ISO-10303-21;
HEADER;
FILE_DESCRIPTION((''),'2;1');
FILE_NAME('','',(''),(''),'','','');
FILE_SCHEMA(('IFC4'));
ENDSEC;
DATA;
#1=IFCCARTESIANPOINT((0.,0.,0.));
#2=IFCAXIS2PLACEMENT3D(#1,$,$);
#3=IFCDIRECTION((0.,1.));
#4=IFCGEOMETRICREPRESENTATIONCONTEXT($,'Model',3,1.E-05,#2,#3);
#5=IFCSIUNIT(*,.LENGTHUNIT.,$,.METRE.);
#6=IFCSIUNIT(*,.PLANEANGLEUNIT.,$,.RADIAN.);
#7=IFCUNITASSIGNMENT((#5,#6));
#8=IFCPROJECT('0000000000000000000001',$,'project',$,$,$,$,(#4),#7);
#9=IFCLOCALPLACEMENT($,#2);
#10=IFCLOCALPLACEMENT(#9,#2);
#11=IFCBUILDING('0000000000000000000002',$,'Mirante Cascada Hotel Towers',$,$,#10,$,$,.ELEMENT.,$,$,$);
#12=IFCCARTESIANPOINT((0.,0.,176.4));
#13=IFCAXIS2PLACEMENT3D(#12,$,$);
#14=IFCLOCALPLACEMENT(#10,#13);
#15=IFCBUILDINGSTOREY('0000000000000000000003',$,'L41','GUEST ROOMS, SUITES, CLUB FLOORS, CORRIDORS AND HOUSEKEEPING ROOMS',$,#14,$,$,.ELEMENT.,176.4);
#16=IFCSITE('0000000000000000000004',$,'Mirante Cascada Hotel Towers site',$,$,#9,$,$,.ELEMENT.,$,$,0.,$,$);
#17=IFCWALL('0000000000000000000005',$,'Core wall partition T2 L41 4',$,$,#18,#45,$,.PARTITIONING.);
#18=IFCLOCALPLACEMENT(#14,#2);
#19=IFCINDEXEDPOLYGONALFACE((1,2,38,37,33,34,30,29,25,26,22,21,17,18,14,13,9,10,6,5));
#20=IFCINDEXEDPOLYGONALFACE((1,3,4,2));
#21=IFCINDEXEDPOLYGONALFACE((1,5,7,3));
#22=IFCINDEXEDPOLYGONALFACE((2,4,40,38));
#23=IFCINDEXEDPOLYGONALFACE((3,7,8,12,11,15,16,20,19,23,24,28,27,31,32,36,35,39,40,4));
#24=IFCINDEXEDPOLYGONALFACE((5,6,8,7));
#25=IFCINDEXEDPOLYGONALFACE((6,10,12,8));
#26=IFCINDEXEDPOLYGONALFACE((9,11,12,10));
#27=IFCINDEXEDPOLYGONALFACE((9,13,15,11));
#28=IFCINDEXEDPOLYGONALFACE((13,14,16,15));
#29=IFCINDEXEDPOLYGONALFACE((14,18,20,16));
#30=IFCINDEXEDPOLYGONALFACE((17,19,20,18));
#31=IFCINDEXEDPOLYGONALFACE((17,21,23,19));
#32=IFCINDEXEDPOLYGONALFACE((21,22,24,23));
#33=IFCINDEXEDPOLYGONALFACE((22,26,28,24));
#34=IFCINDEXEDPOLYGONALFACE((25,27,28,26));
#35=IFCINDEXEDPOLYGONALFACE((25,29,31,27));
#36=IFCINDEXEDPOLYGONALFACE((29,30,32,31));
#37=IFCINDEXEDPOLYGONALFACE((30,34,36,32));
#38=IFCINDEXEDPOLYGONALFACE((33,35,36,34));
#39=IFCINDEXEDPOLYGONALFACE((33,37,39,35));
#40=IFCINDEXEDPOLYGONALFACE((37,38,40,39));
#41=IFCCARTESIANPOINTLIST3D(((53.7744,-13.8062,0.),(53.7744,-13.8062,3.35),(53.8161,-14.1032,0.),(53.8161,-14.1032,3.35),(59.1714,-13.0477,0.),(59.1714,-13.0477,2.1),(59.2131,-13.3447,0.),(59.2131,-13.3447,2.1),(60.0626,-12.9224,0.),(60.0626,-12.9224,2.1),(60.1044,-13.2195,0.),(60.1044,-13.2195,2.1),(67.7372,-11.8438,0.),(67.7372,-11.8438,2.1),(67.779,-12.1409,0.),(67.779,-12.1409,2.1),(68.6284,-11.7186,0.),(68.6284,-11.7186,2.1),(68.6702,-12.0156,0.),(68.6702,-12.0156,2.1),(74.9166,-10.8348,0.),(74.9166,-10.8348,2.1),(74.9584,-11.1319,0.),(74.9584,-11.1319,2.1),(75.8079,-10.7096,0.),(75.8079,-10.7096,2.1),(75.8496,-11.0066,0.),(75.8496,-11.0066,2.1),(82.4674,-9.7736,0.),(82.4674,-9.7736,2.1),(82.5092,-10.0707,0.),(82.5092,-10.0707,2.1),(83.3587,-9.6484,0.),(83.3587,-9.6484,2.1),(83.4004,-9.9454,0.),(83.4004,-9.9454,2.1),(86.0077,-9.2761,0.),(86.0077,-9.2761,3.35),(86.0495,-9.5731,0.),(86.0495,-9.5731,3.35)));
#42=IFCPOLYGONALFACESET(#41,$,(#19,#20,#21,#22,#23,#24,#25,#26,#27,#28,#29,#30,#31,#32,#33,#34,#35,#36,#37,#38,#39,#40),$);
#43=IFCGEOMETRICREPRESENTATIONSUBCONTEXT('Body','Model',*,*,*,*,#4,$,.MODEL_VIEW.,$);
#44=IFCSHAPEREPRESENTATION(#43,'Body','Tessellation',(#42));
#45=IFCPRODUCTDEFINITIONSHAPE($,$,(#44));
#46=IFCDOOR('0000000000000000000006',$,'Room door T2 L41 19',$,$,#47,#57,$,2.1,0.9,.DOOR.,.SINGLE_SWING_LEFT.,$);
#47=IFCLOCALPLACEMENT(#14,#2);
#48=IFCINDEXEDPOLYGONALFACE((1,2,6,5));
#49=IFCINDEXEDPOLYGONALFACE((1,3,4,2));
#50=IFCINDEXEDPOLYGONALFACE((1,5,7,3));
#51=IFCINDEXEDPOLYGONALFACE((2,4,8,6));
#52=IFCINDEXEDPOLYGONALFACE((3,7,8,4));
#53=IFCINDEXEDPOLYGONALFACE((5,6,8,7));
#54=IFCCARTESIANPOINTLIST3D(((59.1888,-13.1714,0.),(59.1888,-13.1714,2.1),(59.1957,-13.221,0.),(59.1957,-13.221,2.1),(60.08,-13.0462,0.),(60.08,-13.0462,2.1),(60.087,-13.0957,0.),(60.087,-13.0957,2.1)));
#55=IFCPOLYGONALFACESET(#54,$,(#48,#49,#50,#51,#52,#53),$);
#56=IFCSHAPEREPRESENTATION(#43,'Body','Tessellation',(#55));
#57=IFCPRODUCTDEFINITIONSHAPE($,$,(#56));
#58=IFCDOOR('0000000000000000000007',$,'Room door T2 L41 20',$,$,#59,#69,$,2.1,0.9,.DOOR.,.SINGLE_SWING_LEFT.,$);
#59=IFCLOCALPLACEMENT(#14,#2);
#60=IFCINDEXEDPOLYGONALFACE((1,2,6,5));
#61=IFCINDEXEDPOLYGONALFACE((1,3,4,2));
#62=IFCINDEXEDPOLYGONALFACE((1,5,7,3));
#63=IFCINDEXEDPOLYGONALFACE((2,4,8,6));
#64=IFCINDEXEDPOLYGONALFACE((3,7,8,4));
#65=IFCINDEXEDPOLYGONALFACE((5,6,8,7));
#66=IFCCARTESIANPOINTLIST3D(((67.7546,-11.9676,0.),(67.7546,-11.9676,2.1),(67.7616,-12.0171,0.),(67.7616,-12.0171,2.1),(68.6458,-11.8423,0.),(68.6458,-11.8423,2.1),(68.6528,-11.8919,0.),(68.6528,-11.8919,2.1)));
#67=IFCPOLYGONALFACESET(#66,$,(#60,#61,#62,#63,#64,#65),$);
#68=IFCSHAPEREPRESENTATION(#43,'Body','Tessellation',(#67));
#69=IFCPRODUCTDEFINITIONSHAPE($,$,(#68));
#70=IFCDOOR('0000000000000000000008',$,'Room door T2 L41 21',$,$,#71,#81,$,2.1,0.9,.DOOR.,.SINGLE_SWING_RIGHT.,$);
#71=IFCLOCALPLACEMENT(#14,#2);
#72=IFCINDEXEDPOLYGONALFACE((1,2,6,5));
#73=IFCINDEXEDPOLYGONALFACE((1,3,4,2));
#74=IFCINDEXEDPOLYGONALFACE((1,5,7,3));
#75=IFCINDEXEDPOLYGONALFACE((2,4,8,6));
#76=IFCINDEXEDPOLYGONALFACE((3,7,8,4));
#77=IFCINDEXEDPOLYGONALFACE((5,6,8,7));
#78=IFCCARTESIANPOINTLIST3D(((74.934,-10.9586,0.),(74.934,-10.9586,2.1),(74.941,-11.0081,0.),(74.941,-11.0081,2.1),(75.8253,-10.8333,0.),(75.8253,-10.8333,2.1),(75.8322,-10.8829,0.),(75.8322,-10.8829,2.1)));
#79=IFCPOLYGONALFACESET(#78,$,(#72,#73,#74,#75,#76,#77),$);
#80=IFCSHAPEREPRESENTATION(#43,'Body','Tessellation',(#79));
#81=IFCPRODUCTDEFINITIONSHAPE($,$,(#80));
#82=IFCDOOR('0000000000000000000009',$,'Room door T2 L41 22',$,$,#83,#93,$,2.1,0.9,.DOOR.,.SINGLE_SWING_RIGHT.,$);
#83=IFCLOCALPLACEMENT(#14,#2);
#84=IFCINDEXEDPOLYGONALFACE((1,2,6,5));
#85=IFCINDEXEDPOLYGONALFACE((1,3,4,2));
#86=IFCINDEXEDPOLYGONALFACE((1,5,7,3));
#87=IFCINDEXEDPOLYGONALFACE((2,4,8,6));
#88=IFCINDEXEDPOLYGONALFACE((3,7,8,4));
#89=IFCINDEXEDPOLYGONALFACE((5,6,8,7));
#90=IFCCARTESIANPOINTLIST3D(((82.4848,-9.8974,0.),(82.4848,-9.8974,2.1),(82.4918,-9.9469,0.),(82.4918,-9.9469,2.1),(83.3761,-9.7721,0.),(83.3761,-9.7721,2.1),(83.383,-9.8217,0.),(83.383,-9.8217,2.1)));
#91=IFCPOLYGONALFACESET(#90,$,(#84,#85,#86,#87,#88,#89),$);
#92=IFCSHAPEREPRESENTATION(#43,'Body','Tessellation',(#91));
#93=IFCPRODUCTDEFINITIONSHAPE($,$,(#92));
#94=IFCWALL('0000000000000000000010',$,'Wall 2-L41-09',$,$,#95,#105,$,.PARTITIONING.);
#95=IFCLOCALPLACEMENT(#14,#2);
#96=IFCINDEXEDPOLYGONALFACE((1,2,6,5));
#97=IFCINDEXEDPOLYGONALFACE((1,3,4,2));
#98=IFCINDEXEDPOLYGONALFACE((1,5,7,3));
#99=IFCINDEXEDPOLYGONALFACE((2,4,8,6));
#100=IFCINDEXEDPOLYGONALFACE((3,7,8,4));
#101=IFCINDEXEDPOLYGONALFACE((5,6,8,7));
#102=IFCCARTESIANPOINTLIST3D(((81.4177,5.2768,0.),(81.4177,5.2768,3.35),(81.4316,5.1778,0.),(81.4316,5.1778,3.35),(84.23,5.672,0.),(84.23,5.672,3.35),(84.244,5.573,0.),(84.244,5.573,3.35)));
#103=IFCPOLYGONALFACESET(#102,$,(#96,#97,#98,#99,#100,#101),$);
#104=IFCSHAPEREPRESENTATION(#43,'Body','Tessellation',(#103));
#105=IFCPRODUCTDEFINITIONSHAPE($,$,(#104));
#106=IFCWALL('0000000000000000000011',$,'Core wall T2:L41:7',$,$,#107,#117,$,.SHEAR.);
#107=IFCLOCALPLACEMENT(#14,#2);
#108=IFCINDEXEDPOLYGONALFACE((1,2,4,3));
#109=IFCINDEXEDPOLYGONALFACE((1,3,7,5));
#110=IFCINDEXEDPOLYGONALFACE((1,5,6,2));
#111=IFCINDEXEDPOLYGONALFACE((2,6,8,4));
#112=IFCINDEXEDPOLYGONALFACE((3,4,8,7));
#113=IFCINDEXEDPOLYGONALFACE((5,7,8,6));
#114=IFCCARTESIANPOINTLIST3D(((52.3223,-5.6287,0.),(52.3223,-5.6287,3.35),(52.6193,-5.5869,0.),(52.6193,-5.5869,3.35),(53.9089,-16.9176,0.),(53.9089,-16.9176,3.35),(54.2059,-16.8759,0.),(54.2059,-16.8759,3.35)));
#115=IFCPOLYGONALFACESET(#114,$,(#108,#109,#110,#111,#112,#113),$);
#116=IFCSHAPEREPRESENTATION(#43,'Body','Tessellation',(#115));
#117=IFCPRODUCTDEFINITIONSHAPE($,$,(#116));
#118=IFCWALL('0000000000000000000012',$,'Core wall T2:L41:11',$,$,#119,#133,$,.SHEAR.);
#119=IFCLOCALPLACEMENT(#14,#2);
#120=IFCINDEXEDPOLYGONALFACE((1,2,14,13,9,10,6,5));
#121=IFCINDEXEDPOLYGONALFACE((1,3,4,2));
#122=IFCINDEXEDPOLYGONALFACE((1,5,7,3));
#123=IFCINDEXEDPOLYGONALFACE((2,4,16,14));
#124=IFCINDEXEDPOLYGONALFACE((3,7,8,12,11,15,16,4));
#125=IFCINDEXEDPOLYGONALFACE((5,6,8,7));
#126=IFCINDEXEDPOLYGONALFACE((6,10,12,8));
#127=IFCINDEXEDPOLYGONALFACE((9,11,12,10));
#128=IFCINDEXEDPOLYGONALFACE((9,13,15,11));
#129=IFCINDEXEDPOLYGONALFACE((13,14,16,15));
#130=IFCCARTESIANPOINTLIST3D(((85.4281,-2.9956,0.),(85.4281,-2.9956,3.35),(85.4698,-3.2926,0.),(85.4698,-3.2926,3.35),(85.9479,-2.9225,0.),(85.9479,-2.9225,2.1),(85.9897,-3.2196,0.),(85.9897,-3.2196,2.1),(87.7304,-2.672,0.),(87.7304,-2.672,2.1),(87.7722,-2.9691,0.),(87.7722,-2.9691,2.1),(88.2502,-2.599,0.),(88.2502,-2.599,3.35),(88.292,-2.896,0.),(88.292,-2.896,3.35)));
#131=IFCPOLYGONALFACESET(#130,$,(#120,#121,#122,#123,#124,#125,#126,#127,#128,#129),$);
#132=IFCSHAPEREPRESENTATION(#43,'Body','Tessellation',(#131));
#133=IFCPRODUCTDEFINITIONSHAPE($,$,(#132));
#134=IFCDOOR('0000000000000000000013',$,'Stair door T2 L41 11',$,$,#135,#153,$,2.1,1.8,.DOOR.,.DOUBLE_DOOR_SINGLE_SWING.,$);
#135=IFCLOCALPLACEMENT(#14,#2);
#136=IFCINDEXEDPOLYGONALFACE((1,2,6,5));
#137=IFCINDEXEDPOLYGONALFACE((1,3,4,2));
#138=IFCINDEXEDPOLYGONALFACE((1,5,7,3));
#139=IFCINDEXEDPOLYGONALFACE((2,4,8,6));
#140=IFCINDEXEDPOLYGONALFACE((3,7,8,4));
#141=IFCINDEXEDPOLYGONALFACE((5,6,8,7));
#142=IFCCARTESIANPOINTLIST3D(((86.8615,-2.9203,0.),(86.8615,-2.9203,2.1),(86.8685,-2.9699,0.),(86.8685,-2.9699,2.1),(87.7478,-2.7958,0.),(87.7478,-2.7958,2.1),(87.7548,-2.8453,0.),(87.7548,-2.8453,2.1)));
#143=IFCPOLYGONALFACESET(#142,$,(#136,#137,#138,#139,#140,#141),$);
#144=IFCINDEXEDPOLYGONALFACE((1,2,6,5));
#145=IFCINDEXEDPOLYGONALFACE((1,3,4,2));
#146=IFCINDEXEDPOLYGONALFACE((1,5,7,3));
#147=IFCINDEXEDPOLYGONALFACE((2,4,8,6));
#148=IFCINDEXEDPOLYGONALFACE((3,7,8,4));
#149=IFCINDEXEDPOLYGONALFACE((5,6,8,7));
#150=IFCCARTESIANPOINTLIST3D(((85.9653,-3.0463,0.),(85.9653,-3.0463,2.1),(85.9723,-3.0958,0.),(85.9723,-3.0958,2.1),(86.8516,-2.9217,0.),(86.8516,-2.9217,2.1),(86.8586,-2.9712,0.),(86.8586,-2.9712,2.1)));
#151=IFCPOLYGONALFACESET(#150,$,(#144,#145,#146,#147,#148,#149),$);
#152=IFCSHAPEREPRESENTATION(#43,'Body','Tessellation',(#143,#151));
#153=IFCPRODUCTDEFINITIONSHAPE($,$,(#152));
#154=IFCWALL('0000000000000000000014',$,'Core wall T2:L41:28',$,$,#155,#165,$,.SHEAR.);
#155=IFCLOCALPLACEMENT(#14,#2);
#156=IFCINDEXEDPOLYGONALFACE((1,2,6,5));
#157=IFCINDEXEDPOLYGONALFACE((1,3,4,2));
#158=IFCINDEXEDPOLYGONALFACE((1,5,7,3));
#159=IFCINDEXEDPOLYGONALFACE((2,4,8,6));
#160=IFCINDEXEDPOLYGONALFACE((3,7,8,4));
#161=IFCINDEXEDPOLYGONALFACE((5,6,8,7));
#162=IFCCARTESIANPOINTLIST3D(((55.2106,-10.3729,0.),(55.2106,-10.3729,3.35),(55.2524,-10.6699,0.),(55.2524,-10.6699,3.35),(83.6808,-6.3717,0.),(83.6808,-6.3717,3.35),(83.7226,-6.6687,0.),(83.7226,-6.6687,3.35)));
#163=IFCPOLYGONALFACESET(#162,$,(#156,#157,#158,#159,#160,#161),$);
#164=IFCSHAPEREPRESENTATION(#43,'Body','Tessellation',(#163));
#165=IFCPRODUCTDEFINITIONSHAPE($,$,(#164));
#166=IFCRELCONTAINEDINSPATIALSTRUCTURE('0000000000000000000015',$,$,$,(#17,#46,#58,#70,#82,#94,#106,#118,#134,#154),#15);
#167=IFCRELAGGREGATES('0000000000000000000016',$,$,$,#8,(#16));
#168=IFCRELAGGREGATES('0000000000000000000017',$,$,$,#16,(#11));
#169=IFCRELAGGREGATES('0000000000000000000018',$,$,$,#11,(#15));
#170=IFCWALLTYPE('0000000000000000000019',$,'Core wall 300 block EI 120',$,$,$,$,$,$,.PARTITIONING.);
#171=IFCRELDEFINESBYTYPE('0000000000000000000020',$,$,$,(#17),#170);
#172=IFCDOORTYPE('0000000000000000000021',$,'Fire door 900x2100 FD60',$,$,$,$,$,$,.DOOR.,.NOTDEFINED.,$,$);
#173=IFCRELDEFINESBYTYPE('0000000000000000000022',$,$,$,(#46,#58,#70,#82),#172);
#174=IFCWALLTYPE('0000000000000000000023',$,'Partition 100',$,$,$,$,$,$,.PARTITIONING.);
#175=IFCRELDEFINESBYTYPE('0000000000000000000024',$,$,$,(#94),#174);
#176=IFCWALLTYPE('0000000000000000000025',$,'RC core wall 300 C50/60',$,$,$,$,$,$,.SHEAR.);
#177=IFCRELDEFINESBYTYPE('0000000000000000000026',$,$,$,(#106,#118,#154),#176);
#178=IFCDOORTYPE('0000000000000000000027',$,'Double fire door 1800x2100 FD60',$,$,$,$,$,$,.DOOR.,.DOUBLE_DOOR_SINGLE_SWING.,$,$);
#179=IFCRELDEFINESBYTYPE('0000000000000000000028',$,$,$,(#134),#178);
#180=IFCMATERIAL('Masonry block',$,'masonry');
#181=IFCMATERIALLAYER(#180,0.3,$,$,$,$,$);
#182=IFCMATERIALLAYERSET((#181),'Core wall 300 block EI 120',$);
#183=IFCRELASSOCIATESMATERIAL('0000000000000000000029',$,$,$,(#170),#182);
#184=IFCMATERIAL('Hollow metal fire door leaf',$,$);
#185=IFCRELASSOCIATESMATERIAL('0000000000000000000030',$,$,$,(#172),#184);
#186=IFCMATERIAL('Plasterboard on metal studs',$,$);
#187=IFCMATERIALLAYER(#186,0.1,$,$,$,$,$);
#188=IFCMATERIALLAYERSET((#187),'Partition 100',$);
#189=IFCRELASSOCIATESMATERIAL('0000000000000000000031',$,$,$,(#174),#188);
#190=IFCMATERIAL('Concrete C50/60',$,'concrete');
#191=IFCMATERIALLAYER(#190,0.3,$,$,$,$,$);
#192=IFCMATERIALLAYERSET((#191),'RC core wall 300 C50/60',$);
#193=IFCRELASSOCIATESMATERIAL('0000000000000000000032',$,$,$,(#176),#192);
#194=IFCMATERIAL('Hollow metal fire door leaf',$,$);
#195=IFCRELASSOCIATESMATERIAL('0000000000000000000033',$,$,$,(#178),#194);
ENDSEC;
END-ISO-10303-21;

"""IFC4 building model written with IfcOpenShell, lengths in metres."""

from ifc_helpers import new_model, si_unit, direction, frame, frame_2d, origin, place, context, subcontext, project, spatial, rectangle, extrude, material, layer, layer_set, type_object, element, fill, save


model = new_model("IFC4")

# Units and contexts
model_context = context("Model", 3, precision=1e-05, world=origin(), true_north=direction((0.0, 1.0)))
body_context = subcontext(model_context, "Body", "Model", "MODEL_VIEW")
ifc_project = project(units=[si_unit("LENGTHUNIT", "METRE"), si_unit("PLANEANGLEUNIT", "RADIAN")], contexts=[model_context])

# Site, building, storey
site_placement = place(None, origin())
site = spatial("IfcSite", under=ifc_project, at=site_placement, Name="Mirante Cascada Hotel Towers site", CompositionType="ELEMENT", RefElevation=0.0)
building_placement = place(site_placement, origin())
building = spatial("IfcBuilding", under=site, at=building_placement, Name="Mirante Cascada Hotel Towers", CompositionType="ELEMENT")
storey_placement = place(building_placement, frame((0.0, 0.0, 176.4)))
storey = spatial("IfcBuildingStorey", under=building, at=storey_placement, Name="L41", Description="GUEST ROOMS, SUITES, CLUB FLOORS, CORRIDORS AND HOUSEKEEPING ROOMS", CompositionType="ELEMENT", Elevation=176.4)

# Wall, openings, doors
ifc_material_1 = material(Name="Masonry block", Category="masonry")
ifc_layer_1 = layer(ifc_material_1, 0.3)
ifc_layer_set_1 = layer_set([ifc_layer_1], Name="Core wall 300 block EI 120")
wall_type_1 = type_object("IfcWallType", Name="Core wall 300 block EI 120", PredefinedType="PARTITIONING", material=ifc_layer_set_1)
wall_1_placement = place(storey_placement, frame((53.7953, -13.9547, 0.0), z_axis=(0.0, 0.0, 1.0), x_axis=(0.990268, 0.139173, 0.0)))
wall_1 = element("IfcWall", 1, at=wall_1_placement, inside=storey, type_object=wall_type_1, Name="Core wall partition T2 L41 4", PredefinedType="PARTITIONING", context=body_context, shape_type="SweptSolid", body=[
    extrude(rectangle(XDim=32.5501, YDim=0.3, at=frame_2d((16.275, 0.0))), origin(), (0.0, 0.0, 1.0), 3.35),
])
opening_1_placement = place(wall_1_placement, frame((5.45, 0.0, 0.0)))
opening_1 = element("IfcOpeningElement", 2, at=opening_1_placement, cuts=wall_1, PredefinedType="OPENING", context=body_context, shape_type="SweptSolid", body=[
    extrude(rectangle(XDim=0.9, YDim=2.1, at=frame_2d((0.45, 1.05))), frame((0.0, 0.15, 0.0), z_axis=(0.0, -1.0, 0.0), x_axis=(1.0, 0.0, 0.0)), (0.0, 0.0, 1.0), 0.3),
])
opening_2_placement = place(wall_1_placement, frame((14.1, 0.0, 0.0)))
opening_2 = element("IfcOpeningElement", 3, at=opening_2_placement, cuts=wall_1, PredefinedType="OPENING", context=body_context, shape_type="SweptSolid", body=[
    extrude(rectangle(XDim=0.9, YDim=2.1, at=frame_2d((0.45, 1.05))), frame((0.0, 0.15, 0.0), z_axis=(0.0, -1.0, 0.0), x_axis=(1.0, 0.0, 0.0)), (0.0, 0.0, 1.0), 0.3),
])
opening_3_placement = place(wall_1_placement, frame((21.35, 0.0, 0.0)))
opening_3 = element("IfcOpeningElement", 4, at=opening_3_placement, cuts=wall_1, PredefinedType="OPENING", context=body_context, shape_type="SweptSolid", body=[
    extrude(rectangle(XDim=0.9, YDim=2.1, at=frame_2d((0.45, 1.05))), frame((0.0, 0.15, 0.0), z_axis=(0.0, -1.0, 0.0), x_axis=(1.0, 0.0, 0.0)), (0.0, 0.0, 1.0), 0.3),
])
opening_4_placement = place(wall_1_placement, frame((28.975, 0.0, 0.0)))
opening_4 = element("IfcOpeningElement", 5, at=opening_4_placement, cuts=wall_1, PredefinedType="OPENING", context=body_context, shape_type="SweptSolid", body=[
    extrude(rectangle(XDim=0.9, YDim=2.1, at=frame_2d((0.45, 1.05))), frame((0.0, 0.15, 0.0), z_axis=(0.0, -1.0, 0.0), x_axis=(1.0, 0.0, 0.0)), (0.0, 0.0, 1.0), 0.3),
])
ifc_material_2 = material(Name="Hollow metal fire door leaf")
door_type_1 = type_object("IfcDoorType", Name="Fire door 900x2100 FD60", OperationType="NOTDEFINED", PredefinedType="DOOR", material=ifc_material_2)
door_1_placement = place(opening_1_placement, frame((0.9, 0.0, 0.0), z_axis=(0.0, 0.0, 1.0), x_axis=(-1.0, 0.0, 0.0)))
door_1 = element("IfcDoor", 6, at=door_1_placement, inside=storey, type_object=door_type_1, Name="Room door T2 L41 19", OperationType="SINGLE_SWING_LEFT", OverallHeight=2.1, OverallWidth=0.9, PredefinedType="DOOR", context=body_context, shape_type="SweptSolid", body=[
    extrude(rectangle(XDim=0.9, YDim=2.1, at=frame_2d((0.45, 1.05))), frame((0.0, 0.025, 0.0), z_axis=(0.0, -1.0, 0.0), x_axis=(1.0, 0.0, 0.0)), (0.0, 0.0, 1.0), 0.05),
])
fill(opening_1, door_1)
door_2_placement = place(opening_2_placement, frame((0.9, 0.0, 0.0), z_axis=(0.0, 0.0, 1.0), x_axis=(-1.0, 0.0, 0.0)))
door_2 = element("IfcDoor", 7, at=door_2_placement, inside=storey, type_object=door_type_1, Name="Room door T2 L41 20", OperationType="SINGLE_SWING_LEFT", OverallHeight=2.1, OverallWidth=0.9, PredefinedType="DOOR", context=body_context, shape_type="SweptSolid", body=[
    extrude(rectangle(XDim=0.9, YDim=2.1, at=frame_2d((0.45, 1.05))), frame((0.0, 0.025, 0.0), z_axis=(0.0, -1.0, 0.0), x_axis=(1.0, 0.0, 0.0)), (0.0, 0.0, 1.0), 0.05),
])
fill(opening_2, door_2)
door_3_placement = place(opening_3_placement, frame((0.9, 0.0, 0.0), z_axis=(0.0, 0.0, 1.0), x_axis=(-1.0, 0.0, 0.0)))
door_3 = element("IfcDoor", 8, at=door_3_placement, inside=storey, type_object=door_type_1, Name="Room door T2 L41 21", OperationType="SINGLE_SWING_RIGHT", OverallHeight=2.1, OverallWidth=0.9, PredefinedType="DOOR", context=body_context, shape_type="SweptSolid", body=[
    extrude(rectangle(XDim=0.9, YDim=2.1, at=frame_2d((0.45, 1.05))), frame((0.0, 0.025, 0.0), z_axis=(0.0, -1.0, 0.0), x_axis=(1.0, 0.0, 0.0)), (0.0, 0.0, 1.0), 0.05),
])
fill(opening_3, door_3)
door_4_placement = place(opening_4_placement, frame((0.9, 0.0, 0.0), z_axis=(0.0, 0.0, 1.0), x_axis=(-1.0, 0.0, 0.0)))
door_4 = element("IfcDoor", 9, at=door_4_placement, inside=storey, type_object=door_type_1, Name="Room door T2 L41 22", OperationType="SINGLE_SWING_RIGHT", OverallHeight=2.1, OverallWidth=0.9, PredefinedType="DOOR", context=body_context, shape_type="SweptSolid", body=[
    extrude(rectangle(XDim=0.9, YDim=2.1, at=frame_2d((0.45, 1.05))), frame((0.0, 0.025, 0.0), z_axis=(0.0, -1.0, 0.0), x_axis=(1.0, 0.0, 0.0)), (0.0, 0.0, 1.0), 0.05),
])
fill(opening_4, door_4)

# Walls
ifc_material_3 = material(Name="Plasterboard on metal studs")
ifc_layer_2 = layer(ifc_material_3, 0.1)
ifc_layer_set_2 = layer_set([ifc_layer_2], Name="Partition 100")
wall_type_2 = type_object("IfcWallType", Name="Partition 100", PredefinedType="PARTITIONING", material=ifc_layer_set_2)
wall_2_placement = place(storey_placement, frame((84.237, 5.6225, 0.0), z_axis=(0.0, 0.0, 1.0), x_axis=(-0.990271, -0.139153, 0.0)))
element("IfcWall", 10, at=wall_2_placement, inside=storey, type_object=wall_type_2, Name="Wall 2-L41-09", PredefinedType="PARTITIONING", context=body_context, shape_type="SweptSolid", body=[
    extrude(rectangle(XDim=2.84, YDim=0.1, at=frame_2d((1.42, 0.0))), origin(), (0.0, 0.0, 1.0), 3.35),
])
ifc_material_4 = material(Name="Concrete C50/60", Category="concrete")
ifc_layer_3 = layer(ifc_material_4, 0.3)
ifc_layer_set_3 = layer_set([ifc_layer_3], Name="RC core wall 300 C50/60")
wall_type_3 = type_object("IfcWallType", Name="RC core wall 300 C50/60", PredefinedType="SHEAR", material=ifc_layer_set_3)
wall_3_placement = place(storey_placement, frame((54.0574, -16.8968, 0.0), z_axis=(0.0, 0.0, 1.0), x_axis=(-0.139176, 0.990268, 0.0)))
element("IfcWall", 11, at=wall_3_placement, inside=storey, type_object=wall_type_3, Name="Core wall T2:L41:7", PredefinedType="SHEAR", context=body_context, shape_type="SweptSolid", body=[
    extrude(rectangle(XDim=11.3999, YDim=0.3, at=frame_2d((5.7, 0.0))), origin(), (0.0, 0.0, 1.0), 3.35),
])

# Wall, opening, door
wall_4_placement = place(storey_placement, frame((85.4489, -3.1441, 0.0), z_axis=(0.0, 0.0, 1.0), x_axis=(0.99027, 0.139161, 0.0)))
wall_4 = element("IfcWall", 12, at=wall_4_placement, inside=storey, type_object=wall_type_3, Name="Core wall T2:L41:11", PredefinedType="SHEAR", context=body_context, shape_type="SweptSolid", body=[
    extrude(rectangle(XDim=2.8499, YDim=0.3, at=frame_2d((1.425, 0.0))), origin(), (0.0, 0.0, 1.0), 3.35),
])
opening_5_placement = place(wall_4_placement, frame((0.525, 0.0, 0.0)))
opening_5 = element("IfcOpeningElement", 13, at=opening_5_placement, cuts=wall_4, PredefinedType="OPENING", context=body_context, shape_type="SweptSolid", body=[
    extrude(rectangle(XDim=1.8, YDim=2.1, at=frame_2d((0.9, 1.05))), frame((0.0, 0.15, 0.0), z_axis=(0.0, -1.0, 0.0), x_axis=(1.0, 0.0, 0.0)), (0.0, 0.0, 1.0), 0.3),
])
ifc_material_5 = material(Name="Hollow metal fire door leaf")
door_type_2 = type_object("IfcDoorType", Name="Double fire door 1800x2100 FD60", OperationType="DOUBLE_DOOR_SINGLE_SWING", PredefinedType="DOOR", material=ifc_material_5)
door_5_placement = place(opening_5_placement, frame((1.8, 0.0, 0.0), z_axis=(0.0, 0.0, 1.0), x_axis=(-1.0, 0.0, 0.0)))
door_5 = element("IfcDoor", 14, at=door_5_placement, inside=storey, type_object=door_type_2, Name="Stair door T2 L41 11", OperationType="DOUBLE_DOOR_SINGLE_SWING", OverallHeight=2.1, OverallWidth=1.8, PredefinedType="DOOR", context=body_context, shape_type="SweptSolid", body=[
    extrude(rectangle(XDim=0.895, YDim=2.1, at=frame_2d((0.4475, 1.05))), frame((0.0, 0.025, 0.0), z_axis=(0.0, -1.0, 0.0), x_axis=(1.0, 0.0, 0.0)), (0.0, 0.0, 1.0), 0.05),
    extrude(rectangle(XDim=0.895, YDim=2.1, at=frame_2d((1.3525, 1.05))), frame((0.0, 0.025, 0.0), z_axis=(0.0, -1.0, 0.0), x_axis=(1.0, 0.0, 0.0)), (0.0, 0.0, 1.0), 0.05),
])
fill(opening_5, door_5)

# Wall
wall_5_placement = place(storey_placement, frame((55.2315, -10.5214, 0.0), z_axis=(0.0, 0.0, 1.0), x_axis=(0.990268, 0.139172, 0.0)))
element("IfcWall", 15, at=wall_5_placement, inside=storey, type_object=wall_type_3, Name="Core wall T2:L41:28", PredefinedType="SHEAR", context=body_context, shape_type="SweptSolid", body=[
    extrude(rectangle(XDim=28.75, YDim=0.3, at=frame_2d((14.375, 0.0))), origin(), (0.0, 0.0, 1.0), 3.35),
])

save(model, "model.ifc")
